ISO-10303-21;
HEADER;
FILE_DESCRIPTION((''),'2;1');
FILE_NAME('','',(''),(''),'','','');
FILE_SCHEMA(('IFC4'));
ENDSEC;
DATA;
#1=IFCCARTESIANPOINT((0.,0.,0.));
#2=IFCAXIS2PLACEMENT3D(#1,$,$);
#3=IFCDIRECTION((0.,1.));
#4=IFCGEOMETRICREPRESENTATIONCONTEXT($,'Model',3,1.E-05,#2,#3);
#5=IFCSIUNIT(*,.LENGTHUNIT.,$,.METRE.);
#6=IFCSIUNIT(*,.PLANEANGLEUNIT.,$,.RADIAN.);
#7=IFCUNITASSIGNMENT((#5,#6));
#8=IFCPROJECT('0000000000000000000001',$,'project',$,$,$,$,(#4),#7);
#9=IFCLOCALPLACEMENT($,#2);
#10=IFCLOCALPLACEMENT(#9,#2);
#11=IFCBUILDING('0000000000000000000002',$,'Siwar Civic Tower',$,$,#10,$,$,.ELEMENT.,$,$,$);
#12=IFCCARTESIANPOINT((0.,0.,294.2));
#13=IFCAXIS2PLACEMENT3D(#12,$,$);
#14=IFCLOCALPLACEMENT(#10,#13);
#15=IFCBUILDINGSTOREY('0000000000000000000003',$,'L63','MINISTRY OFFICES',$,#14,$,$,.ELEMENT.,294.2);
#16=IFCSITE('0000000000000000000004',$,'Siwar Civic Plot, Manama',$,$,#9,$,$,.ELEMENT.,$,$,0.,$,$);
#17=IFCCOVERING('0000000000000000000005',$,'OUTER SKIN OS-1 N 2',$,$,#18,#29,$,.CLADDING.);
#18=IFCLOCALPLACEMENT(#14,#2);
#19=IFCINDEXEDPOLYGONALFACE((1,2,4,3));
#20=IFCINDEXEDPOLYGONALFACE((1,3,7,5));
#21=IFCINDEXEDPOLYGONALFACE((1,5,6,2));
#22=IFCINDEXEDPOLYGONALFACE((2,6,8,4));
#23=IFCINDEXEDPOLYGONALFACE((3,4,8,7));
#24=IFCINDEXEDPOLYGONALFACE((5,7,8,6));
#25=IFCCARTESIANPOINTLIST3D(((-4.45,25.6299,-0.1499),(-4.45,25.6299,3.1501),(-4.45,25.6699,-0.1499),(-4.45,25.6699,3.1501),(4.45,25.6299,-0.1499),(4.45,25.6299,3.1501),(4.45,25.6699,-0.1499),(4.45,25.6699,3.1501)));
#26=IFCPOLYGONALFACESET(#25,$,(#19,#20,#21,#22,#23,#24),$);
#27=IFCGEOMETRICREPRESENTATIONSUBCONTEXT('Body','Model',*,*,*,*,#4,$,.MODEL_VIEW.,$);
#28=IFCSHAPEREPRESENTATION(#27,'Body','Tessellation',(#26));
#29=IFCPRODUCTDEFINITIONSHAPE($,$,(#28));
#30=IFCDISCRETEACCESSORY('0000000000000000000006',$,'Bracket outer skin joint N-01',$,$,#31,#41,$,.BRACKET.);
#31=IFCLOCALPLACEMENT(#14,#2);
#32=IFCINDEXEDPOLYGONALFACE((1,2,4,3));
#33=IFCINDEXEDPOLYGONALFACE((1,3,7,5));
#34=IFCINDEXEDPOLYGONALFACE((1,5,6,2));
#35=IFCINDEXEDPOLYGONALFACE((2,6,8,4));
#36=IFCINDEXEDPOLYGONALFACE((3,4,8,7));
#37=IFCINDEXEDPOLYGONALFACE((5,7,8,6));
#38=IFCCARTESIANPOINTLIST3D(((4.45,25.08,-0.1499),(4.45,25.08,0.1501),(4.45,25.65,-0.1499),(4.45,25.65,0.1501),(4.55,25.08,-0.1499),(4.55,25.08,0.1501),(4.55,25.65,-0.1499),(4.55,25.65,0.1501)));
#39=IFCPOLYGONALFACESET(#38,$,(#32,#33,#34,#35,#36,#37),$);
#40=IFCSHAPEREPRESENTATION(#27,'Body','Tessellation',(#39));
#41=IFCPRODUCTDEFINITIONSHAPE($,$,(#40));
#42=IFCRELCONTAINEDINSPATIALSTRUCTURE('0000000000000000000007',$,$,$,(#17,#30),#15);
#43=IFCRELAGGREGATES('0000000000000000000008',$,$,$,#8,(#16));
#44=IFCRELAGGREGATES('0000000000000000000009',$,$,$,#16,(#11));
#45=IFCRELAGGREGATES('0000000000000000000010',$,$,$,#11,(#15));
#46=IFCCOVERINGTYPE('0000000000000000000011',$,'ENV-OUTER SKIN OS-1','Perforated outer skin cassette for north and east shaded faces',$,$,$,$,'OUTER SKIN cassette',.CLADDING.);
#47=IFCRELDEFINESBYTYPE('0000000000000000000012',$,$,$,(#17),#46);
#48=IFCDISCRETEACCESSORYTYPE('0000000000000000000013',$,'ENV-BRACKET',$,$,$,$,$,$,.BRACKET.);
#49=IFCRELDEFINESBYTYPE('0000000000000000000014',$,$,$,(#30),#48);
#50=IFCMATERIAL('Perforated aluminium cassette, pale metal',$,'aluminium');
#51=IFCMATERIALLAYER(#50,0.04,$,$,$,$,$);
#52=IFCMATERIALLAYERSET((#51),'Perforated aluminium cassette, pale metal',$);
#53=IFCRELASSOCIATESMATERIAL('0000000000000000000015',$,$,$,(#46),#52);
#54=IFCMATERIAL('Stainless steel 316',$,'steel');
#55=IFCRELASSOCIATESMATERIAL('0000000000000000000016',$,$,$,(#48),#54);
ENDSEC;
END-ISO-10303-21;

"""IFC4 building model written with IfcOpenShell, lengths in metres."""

from ifc_helpers import new_model, si_unit, direction, frame, origin, origin_2d, place, context, subcontext, project, spatial, rectangle, extrude, material, layer, layer_set, type_object, element, save


model = new_model("IFC4")

# Units and contexts
model_context = context("Model", 3, precision=1e-05, world=origin(), true_north=direction((0.0, 1.0)))
body_context = subcontext(model_context, "Body", "Model", "MODEL_VIEW")
ifc_project = project(units=[si_unit("LENGTHUNIT", "METRE"), si_unit("PLANEANGLEUNIT", "RADIAN")], contexts=[model_context])

# Site, building, storey
site_placement = place(None, origin())
site = spatial("IfcSite", under=ifc_project, at=site_placement, Name="Siwar Civic Plot, Manama", CompositionType="ELEMENT", RefElevation=0.0)
building_placement = place(site_placement, origin())
building = spatial("IfcBuilding", under=site, at=building_placement, Name="Siwar Civic Tower", CompositionType="ELEMENT")
storey_placement = place(building_placement, frame((0.0, 0.0, 294.2)))
storey = spatial("IfcBuildingStorey", under=building, at=storey_placement, Name="L63", Description="MINISTRY OFFICES", CompositionType="ELEMENT", Elevation=294.2)

# Covering
ifc_material_1 = material(Name="Perforated aluminium cassette, pale metal", Category="aluminium")
ifc_layer_1 = layer(ifc_material_1, 0.04)
ifc_layer_set_1 = layer_set([ifc_layer_1], Name="Perforated aluminium cassette, pale metal")
covering_type = type_object("IfcCoveringType", Name="ENV-OUTER SKIN OS-1", Description="Perforated outer skin cassette for north and east shaded faces", ElementType="OUTER SKIN cassette", PredefinedType="CLADDING", material=ifc_layer_set_1)
covering_1_placement = place(storey_placement, frame((0.0, 25.6499, -0.1499), z_axis=(0.0, 0.0, 1.0), x_axis=(-1.0, 0.0, 0.0)))
element("IfcCovering", 1, at=covering_1_placement, inside=storey, type_object=covering_type, Name="OUTER SKIN OS-1 N 2", PredefinedType="CLADDING", context=body_context, shape_type="SweptSolid", body=[
    extrude(rectangle(XDim=8.8999, YDim=0.04, at=origin_2d()), origin(), (0.0, 0.0, 1.0), 3.3),
])

# Discrete accessory
ifc_material_2 = material(Name="Stainless steel 316", Category="steel")
discrete_accessory_type = type_object("IfcDiscreteAccessoryType", Name="ENV-BRACKET", PredefinedType="BRACKET", material=ifc_material_2)
discrete_accessory_placement = place(storey_placement, frame((4.5, 25.365, -0.1499), z_axis=(0.0, 0.0, 1.0), x_axis=(0.0, 1.0, 0.0)))
element("IfcDiscreteAccessory", 2, at=discrete_accessory_placement, inside=storey, type_object=discrete_accessory_type, Name="Bracket outer skin joint N-01", PredefinedType="BRACKET", context=body_context, shape_type="SweptSolid", body=[
    extrude(rectangle(XDim=0.5701, YDim=0.1001, at=origin_2d()), origin(), (0.0, 0.0, 1.0), 0.3),
])

save(model, "model.ifc")
